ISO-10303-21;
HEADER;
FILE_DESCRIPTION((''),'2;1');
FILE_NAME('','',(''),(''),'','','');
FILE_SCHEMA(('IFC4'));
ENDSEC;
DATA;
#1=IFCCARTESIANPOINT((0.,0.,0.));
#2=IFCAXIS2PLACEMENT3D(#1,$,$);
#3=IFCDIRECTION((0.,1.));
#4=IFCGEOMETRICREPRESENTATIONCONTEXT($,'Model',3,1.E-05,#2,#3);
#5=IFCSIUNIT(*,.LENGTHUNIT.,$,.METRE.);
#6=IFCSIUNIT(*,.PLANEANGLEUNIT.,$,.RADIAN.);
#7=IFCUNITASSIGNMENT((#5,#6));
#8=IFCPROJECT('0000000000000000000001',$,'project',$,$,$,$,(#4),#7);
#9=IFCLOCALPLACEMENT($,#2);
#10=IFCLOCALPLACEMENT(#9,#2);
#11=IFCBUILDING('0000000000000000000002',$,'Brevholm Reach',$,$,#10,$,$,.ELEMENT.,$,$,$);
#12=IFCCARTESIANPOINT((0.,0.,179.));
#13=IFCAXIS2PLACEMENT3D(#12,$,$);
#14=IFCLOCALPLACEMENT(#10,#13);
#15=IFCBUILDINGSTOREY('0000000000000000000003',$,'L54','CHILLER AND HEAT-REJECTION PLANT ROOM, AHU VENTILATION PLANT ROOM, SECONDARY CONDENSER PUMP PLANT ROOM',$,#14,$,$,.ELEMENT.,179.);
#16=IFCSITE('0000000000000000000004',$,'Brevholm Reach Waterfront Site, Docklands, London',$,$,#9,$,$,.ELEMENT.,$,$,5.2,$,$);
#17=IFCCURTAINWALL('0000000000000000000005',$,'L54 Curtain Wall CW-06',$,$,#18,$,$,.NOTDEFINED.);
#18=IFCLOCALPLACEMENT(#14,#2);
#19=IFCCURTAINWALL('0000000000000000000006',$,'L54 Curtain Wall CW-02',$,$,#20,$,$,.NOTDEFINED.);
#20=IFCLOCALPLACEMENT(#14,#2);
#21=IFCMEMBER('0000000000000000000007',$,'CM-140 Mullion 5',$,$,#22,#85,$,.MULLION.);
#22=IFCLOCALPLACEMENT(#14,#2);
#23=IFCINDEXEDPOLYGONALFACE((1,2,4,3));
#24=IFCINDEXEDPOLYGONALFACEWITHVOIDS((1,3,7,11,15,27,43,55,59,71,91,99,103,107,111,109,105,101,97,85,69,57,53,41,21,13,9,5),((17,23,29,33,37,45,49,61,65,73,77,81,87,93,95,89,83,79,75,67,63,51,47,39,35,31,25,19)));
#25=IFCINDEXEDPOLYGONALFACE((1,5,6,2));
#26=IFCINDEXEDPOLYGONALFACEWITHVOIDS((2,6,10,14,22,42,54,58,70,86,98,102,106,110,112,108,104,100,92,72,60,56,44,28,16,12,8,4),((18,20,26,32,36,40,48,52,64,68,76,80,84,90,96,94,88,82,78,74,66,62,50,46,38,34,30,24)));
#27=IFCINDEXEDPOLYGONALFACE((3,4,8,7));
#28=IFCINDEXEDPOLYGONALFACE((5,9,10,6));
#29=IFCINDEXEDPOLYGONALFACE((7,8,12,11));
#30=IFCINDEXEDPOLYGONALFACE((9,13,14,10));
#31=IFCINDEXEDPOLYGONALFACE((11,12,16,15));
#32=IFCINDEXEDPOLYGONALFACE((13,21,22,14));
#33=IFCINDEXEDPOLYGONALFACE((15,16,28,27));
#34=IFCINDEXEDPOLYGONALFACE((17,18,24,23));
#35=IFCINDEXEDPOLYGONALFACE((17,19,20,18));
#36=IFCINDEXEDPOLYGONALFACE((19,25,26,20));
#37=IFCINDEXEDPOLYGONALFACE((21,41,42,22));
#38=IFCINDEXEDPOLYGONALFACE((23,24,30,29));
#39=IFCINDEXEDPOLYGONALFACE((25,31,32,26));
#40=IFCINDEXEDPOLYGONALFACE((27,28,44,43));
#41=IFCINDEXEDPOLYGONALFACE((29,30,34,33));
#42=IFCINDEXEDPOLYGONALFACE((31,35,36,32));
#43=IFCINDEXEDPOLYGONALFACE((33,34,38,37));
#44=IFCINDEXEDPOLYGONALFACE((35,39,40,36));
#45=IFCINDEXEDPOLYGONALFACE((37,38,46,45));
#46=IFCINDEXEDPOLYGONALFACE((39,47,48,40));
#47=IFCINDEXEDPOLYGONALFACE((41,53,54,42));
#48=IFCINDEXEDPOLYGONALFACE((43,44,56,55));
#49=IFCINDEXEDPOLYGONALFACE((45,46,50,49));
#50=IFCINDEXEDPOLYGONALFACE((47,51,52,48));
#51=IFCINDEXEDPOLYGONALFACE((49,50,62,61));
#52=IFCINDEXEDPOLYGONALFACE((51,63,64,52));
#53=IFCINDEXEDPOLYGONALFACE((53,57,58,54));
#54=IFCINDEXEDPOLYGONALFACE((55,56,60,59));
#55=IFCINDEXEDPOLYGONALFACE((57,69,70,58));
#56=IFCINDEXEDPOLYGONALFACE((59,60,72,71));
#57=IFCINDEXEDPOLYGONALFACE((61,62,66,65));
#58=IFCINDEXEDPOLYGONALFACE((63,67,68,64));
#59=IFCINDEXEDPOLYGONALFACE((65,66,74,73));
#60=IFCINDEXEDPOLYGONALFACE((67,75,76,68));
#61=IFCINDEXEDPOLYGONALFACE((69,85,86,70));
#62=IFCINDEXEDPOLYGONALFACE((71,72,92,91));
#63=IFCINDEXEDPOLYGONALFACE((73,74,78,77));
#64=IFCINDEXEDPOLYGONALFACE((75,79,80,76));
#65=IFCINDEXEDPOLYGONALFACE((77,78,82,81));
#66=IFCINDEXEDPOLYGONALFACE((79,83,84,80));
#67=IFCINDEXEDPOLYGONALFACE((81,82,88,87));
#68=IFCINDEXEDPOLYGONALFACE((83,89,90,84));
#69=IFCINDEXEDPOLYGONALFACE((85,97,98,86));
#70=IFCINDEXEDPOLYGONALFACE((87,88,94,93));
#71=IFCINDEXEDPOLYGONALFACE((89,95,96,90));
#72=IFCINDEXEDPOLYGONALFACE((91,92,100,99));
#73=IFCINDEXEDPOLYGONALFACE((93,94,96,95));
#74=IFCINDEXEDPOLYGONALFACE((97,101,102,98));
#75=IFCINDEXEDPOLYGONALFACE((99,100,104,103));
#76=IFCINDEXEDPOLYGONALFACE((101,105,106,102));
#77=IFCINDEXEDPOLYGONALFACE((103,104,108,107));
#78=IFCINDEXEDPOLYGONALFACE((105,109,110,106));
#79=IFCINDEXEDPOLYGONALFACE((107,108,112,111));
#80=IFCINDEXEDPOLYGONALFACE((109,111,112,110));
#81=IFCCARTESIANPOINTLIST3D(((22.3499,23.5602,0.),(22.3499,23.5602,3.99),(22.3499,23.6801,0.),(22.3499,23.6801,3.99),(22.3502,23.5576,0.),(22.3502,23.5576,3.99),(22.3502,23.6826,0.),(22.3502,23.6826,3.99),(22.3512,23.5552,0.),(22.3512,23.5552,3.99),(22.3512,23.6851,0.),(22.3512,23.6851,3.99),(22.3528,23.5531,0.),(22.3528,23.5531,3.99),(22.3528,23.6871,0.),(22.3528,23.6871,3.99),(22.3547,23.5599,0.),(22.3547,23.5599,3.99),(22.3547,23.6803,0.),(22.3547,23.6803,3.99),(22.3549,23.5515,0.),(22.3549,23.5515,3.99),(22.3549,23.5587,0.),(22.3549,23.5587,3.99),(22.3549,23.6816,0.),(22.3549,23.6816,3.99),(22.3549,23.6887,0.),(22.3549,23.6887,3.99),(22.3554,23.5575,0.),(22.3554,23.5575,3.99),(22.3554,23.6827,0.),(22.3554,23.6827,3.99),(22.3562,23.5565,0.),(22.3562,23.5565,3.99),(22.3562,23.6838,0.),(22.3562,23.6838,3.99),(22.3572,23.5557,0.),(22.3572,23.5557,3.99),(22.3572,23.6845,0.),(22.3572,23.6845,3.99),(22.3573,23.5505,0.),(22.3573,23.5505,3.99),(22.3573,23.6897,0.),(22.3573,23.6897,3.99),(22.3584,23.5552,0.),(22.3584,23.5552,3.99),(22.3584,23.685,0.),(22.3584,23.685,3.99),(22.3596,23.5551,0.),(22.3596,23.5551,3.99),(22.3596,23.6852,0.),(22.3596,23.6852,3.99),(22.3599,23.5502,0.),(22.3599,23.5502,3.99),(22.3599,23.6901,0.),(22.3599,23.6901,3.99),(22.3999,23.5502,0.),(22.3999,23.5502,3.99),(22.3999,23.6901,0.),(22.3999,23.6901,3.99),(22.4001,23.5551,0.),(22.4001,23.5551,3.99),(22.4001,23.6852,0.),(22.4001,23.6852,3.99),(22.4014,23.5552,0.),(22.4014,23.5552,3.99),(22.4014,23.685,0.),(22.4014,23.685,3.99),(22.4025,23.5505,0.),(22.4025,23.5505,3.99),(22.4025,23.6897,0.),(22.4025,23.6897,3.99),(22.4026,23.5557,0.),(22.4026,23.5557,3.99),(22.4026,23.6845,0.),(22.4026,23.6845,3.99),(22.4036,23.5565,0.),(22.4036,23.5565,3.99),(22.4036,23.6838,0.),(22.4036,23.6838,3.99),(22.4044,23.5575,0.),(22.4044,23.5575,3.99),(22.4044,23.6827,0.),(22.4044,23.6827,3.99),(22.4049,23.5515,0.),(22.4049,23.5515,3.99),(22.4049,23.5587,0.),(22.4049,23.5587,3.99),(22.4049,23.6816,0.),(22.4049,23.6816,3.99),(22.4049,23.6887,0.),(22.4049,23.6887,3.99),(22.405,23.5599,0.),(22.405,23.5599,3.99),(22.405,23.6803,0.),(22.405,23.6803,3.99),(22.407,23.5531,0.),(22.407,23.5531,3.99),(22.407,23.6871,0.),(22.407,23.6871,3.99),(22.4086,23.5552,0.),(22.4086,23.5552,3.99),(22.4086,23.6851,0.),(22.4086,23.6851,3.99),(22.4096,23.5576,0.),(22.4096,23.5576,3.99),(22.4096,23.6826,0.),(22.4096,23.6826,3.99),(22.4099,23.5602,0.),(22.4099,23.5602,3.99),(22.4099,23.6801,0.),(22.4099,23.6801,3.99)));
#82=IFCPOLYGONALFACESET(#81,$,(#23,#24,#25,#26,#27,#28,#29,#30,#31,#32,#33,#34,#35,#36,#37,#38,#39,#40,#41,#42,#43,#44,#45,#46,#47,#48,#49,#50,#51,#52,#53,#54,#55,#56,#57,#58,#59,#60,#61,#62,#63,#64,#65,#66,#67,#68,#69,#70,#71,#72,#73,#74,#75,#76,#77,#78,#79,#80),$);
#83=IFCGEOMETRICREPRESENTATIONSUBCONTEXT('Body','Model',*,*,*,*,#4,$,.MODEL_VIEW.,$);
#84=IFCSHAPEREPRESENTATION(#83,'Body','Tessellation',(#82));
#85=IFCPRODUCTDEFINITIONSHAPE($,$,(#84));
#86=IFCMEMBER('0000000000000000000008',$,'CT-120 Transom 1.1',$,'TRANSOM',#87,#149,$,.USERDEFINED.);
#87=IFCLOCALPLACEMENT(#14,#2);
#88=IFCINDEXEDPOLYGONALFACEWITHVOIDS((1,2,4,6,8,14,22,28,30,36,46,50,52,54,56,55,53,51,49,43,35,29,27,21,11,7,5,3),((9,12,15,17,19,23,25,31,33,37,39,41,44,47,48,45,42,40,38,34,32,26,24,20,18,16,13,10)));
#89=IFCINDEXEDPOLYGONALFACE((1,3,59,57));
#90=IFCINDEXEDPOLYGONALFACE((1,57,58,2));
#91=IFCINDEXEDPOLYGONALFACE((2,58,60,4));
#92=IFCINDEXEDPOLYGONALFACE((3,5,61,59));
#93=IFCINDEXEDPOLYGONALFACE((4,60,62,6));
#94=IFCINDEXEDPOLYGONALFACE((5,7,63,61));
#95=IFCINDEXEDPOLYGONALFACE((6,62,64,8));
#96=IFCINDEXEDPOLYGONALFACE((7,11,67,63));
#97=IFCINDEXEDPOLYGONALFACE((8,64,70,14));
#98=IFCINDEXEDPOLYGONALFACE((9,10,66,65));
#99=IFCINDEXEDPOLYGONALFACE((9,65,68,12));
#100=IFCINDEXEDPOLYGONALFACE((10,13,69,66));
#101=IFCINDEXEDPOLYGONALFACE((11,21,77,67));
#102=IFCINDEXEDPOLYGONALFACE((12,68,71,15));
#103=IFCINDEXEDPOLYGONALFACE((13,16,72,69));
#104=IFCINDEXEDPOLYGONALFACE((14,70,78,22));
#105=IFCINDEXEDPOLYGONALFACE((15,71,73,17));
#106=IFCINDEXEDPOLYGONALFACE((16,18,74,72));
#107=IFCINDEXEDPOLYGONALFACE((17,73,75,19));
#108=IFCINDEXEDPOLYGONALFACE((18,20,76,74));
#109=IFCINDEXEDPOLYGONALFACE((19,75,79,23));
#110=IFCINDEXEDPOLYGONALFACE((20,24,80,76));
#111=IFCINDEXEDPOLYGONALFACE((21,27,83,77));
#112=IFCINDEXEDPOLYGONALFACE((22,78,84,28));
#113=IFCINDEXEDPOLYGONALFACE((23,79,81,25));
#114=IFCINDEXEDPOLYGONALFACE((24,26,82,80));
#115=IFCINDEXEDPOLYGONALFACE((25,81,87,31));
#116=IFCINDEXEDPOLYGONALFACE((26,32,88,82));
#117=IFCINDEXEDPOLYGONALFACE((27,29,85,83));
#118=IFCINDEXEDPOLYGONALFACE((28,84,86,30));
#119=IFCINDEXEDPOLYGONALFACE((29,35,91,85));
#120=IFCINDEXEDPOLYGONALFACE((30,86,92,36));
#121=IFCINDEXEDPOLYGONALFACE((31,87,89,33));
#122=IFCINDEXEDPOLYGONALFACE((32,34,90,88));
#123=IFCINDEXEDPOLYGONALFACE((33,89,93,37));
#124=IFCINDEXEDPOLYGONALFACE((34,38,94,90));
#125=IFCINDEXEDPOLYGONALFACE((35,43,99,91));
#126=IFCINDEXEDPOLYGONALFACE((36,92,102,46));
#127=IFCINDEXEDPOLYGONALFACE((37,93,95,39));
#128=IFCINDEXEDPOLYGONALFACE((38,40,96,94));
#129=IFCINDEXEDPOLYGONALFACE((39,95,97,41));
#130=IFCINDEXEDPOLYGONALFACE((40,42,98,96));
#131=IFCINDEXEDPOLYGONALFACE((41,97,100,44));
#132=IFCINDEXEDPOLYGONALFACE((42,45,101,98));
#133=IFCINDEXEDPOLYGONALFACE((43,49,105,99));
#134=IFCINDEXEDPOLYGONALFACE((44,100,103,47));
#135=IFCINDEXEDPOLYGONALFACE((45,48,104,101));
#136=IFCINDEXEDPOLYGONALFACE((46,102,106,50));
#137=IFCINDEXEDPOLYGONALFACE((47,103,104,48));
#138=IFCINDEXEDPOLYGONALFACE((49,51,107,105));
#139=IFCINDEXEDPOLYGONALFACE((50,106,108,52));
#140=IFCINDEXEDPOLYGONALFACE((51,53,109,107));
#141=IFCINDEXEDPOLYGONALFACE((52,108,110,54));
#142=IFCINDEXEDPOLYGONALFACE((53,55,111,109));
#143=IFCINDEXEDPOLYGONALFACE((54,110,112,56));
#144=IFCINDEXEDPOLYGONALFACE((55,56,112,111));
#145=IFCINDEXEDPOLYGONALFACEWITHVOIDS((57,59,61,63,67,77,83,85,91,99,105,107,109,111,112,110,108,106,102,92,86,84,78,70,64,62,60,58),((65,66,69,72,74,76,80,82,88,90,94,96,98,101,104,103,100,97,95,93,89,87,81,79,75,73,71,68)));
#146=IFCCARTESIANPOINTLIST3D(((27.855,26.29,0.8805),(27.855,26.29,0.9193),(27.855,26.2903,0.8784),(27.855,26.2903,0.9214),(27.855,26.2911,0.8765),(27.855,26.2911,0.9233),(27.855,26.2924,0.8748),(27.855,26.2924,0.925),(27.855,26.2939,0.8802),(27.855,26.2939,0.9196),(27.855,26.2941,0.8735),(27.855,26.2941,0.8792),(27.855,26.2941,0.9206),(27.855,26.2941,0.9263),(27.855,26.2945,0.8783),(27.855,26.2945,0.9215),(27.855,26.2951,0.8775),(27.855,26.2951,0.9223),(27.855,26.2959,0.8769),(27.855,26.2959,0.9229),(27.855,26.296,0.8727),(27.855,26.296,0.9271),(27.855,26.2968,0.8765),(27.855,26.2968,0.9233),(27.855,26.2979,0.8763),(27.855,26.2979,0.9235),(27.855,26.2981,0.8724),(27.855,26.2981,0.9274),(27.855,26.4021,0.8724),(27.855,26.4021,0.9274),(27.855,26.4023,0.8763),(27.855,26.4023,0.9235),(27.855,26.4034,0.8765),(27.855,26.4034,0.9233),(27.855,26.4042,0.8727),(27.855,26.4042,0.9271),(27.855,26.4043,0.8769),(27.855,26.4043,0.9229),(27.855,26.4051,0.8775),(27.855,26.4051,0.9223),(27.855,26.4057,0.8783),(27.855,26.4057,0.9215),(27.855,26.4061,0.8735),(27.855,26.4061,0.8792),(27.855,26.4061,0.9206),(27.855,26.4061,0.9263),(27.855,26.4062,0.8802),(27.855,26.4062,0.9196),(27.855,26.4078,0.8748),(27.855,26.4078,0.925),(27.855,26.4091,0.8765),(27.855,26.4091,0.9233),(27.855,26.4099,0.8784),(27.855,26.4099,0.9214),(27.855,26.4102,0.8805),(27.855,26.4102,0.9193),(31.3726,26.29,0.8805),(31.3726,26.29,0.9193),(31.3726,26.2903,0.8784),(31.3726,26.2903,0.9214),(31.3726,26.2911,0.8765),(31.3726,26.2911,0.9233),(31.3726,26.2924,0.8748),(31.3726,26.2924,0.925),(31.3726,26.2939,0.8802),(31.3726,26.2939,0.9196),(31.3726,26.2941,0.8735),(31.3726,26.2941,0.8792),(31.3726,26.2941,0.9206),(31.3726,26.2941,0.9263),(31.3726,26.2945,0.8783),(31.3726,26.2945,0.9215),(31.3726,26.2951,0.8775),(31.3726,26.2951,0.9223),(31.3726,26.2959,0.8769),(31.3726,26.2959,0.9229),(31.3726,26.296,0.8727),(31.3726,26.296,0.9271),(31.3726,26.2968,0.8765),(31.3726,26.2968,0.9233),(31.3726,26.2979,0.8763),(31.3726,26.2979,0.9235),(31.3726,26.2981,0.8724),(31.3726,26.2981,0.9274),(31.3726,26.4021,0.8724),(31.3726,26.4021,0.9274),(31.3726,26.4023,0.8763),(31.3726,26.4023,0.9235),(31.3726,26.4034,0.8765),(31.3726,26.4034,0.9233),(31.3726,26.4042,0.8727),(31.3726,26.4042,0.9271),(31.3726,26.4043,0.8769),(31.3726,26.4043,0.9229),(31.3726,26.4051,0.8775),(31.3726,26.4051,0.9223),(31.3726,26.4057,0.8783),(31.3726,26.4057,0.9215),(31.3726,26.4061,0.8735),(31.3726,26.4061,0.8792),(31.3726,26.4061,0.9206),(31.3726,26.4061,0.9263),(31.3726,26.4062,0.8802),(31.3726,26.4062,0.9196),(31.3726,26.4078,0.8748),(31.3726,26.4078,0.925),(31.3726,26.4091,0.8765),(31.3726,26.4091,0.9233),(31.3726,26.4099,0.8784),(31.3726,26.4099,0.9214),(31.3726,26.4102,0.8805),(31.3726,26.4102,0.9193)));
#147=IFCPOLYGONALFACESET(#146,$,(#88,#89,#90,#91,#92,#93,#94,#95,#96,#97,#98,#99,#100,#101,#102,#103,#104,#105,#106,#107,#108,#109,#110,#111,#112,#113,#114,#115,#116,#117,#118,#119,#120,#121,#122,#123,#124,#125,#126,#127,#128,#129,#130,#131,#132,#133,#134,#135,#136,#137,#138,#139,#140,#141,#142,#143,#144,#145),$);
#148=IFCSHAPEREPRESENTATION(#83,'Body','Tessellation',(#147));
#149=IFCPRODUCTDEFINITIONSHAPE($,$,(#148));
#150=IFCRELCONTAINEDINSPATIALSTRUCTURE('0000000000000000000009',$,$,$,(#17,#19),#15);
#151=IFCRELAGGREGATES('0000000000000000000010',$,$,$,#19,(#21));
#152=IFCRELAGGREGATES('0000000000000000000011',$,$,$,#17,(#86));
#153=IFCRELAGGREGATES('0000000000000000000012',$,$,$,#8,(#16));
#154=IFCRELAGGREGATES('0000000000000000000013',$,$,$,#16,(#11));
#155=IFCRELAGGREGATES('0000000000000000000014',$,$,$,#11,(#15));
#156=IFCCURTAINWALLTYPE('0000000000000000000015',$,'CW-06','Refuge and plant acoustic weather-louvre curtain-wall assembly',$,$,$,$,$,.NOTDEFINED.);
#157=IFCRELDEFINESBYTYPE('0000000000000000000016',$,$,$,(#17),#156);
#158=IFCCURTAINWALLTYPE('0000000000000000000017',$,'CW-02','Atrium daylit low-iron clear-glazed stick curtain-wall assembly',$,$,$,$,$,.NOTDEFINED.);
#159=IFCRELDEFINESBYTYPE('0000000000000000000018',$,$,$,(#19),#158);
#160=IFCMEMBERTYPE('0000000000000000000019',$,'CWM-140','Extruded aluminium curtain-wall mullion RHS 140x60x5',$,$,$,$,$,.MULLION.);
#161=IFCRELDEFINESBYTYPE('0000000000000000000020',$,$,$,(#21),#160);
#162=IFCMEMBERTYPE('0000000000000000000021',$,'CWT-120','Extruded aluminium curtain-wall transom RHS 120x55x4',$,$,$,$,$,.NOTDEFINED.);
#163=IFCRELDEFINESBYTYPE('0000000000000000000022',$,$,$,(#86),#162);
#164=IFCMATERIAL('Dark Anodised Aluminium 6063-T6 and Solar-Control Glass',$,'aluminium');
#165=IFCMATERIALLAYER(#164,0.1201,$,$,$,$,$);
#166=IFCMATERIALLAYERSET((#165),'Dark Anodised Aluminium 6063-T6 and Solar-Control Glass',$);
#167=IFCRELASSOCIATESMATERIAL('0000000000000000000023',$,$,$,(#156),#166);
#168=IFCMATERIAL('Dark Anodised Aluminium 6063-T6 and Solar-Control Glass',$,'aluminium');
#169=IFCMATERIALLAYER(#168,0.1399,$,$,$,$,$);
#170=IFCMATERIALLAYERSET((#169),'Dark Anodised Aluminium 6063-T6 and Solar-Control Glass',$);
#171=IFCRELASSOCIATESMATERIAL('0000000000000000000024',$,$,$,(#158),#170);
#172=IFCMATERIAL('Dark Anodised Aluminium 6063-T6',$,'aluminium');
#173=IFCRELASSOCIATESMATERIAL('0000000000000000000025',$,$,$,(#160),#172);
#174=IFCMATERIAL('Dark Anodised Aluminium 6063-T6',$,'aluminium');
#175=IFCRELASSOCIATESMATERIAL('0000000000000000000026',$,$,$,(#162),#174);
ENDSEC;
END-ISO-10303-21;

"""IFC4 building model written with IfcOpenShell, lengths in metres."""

from ifc_helpers import new_model, si_unit, direction, frame, origin, origin_2d, place, context, subcontext, project, spatial, hollow_rectangle, extrude, material, layer, layer_set, material_profile, profile_set, type_object, element, aggregate, save


model = new_model("IFC4")

# Units and contexts
model_context = context("Model", 3, precision=1e-05, world=origin(), true_north=direction((0.0, 1.0)))
body_context = subcontext(model_context, "Body", "Model", "MODEL_VIEW")
ifc_project = project(units=[si_unit("LENGTHUNIT", "METRE"), si_unit("PLANEANGLEUNIT", "RADIAN")], contexts=[model_context])

# Site, building, storey
site_placement = place(None, origin())
site = spatial("IfcSite", under=ifc_project, at=site_placement, Name="Brevholm Reach Waterfront Site, Docklands, London", CompositionType="ELEMENT", RefElevation=5.2)
building_placement = place(site_placement, origin())
building = spatial("IfcBuilding", under=site, at=building_placement, Name="Brevholm Reach", CompositionType="ELEMENT")
storey_placement = place(building_placement, frame((0.0, 0.0, 179.0)))
storey = spatial("IfcBuildingStorey", under=building, at=storey_placement, Name="L54", Description="CHILLER AND HEAT-REJECTION PLANT ROOM, AHU VENTILATION PLANT ROOM, SECONDARY CONDENSER PUMP PLANT ROOM", CompositionType="ELEMENT", Elevation=179.0)

# Curtain wall
ifc_material_1 = material(Name="Dark Anodised Aluminium 6063-T6 and Solar-Control Glass", Category="aluminium")
ifc_layer_1 = layer(ifc_material_1, 0.1201)
ifc_layer_set_1 = layer_set([ifc_layer_1], Name="Dark Anodised Aluminium 6063-T6 and Solar-Control Glass")
curtain_wall_type_1 = type_object("IfcCurtainWallType", Name="CW-06", Description="Refuge and plant acoustic weather-louvre curtain-wall assembly", PredefinedType="NOTDEFINED", material=ifc_layer_set_1)
curtain_wall_1_placement = place(storey_placement, origin())
curtain_wall_1 = element("IfcCurtainWall", 1, at=curtain_wall_1_placement, inside=storey, type_object=curtain_wall_type_1, Name="L54 Curtain Wall CW-06", PredefinedType="NOTDEFINED")

# Curtain wall, member
ifc_material_2 = material(Name="Dark Anodised Aluminium 6063-T6 and Solar-Control Glass", Category="aluminium")
ifc_layer_2 = layer(ifc_material_2, 0.1399)
ifc_layer_set_2 = layer_set([ifc_layer_2], Name="Dark Anodised Aluminium 6063-T6 and Solar-Control Glass")
curtain_wall_type_2 = type_object("IfcCurtainWallType", Name="CW-02", Description="Atrium daylit low-iron clear-glazed stick curtain-wall assembly", PredefinedType="NOTDEFINED", material=ifc_layer_set_2)
curtain_wall_2_placement = place(storey_placement, origin())
curtain_wall_2 = element("IfcCurtainWall", 2, at=curtain_wall_2_placement, inside=storey, type_object=curtain_wall_type_2, Name="L54 Curtain Wall CW-02", PredefinedType="NOTDEFINED")
ifc_material_3 = material(Name="Dark Anodised Aluminium 6063-T6", Category="aluminium")
ifc_material_profile_1 = material_profile(ifc_material_3, hollow_rectangle(XDim=0.0601, YDim=0.1399, WallThickness=0.0049, InnerFilletRadius=0.0049, OuterFilletRadius=0.01, at=origin_2d()), Name="RHS 140x60x5")
ifc_profile_set_1 = profile_set([ifc_material_profile_1], Name="Dark Anodised Aluminium 6063-T6")
member_type_1 = type_object("IfcMemberType", Name="CWM-140", Description="Extruded aluminium curtain-wall mullion RHS 140x60x5", PredefinedType="MULLION", material=ifc_profile_set_1)
member_1_placement = place(storey_placement, frame((22.3799, 23.6201, 0.0), z_axis=(0.0, 0.0, 1.0), x_axis=(-1.0, 0.0, 0.0)))
member_1 = element("IfcMember", 3, at=member_1_placement, type_object=member_type_1, Name="CM-140 Mullion 5", PredefinedType="MULLION", context=body_context, shape_type="SweptSolid", body=[
    extrude(hollow_rectangle(XDim=0.0601, YDim=0.1399, WallThickness=0.0049, InnerFilletRadius=0.0049, OuterFilletRadius=0.01, at=origin_2d()), origin(), (0.0, 0.0, 1.0), 3.99),
])

# Member
ifc_material_4 = material(Name="Dark Anodised Aluminium 6063-T6", Category="aluminium")
ifc_material_profile_2 = material_profile(ifc_material_4, hollow_rectangle(XDim=0.0549, YDim=0.1201, WallThickness=0.0039, InnerFilletRadius=0.0039, OuterFilletRadius=0.0081, at=origin_2d()), Name="RHS 120x55x4")
ifc_profile_set_2 = profile_set([ifc_material_profile_2], Name="Dark Anodised Aluminium 6063-T6")
member_type_2 = type_object("IfcMemberType", Name="CWT-120", Description="Extruded aluminium curtain-wall transom RHS 120x55x4", PredefinedType="NOTDEFINED", material=ifc_profile_set_2)
member_2_placement = place(storey_placement, frame((27.855, 26.3501, 0.8999), z_axis=(1.0, 0.0, 0.0), x_axis=(0.0, 0.0, 1.0)))
member_2 = element("IfcMember", 4, at=member_2_placement, type_object=member_type_2, Name="CT-120 Transom 1.1", ObjectType="TRANSOM", PredefinedType="USERDEFINED", context=body_context, shape_type="SweptSolid", body=[
    extrude(hollow_rectangle(XDim=0.0549, YDim=0.1201, WallThickness=0.0039, InnerFilletRadius=0.0039, OuterFilletRadius=0.0081, at=origin_2d()), origin(), (0.0, 0.0, 1.0), 3.5176),
])

aggregate(curtain_wall_2, [member_1])
aggregate(curtain_wall_1, [member_2])

save(model, "model.ifc")
